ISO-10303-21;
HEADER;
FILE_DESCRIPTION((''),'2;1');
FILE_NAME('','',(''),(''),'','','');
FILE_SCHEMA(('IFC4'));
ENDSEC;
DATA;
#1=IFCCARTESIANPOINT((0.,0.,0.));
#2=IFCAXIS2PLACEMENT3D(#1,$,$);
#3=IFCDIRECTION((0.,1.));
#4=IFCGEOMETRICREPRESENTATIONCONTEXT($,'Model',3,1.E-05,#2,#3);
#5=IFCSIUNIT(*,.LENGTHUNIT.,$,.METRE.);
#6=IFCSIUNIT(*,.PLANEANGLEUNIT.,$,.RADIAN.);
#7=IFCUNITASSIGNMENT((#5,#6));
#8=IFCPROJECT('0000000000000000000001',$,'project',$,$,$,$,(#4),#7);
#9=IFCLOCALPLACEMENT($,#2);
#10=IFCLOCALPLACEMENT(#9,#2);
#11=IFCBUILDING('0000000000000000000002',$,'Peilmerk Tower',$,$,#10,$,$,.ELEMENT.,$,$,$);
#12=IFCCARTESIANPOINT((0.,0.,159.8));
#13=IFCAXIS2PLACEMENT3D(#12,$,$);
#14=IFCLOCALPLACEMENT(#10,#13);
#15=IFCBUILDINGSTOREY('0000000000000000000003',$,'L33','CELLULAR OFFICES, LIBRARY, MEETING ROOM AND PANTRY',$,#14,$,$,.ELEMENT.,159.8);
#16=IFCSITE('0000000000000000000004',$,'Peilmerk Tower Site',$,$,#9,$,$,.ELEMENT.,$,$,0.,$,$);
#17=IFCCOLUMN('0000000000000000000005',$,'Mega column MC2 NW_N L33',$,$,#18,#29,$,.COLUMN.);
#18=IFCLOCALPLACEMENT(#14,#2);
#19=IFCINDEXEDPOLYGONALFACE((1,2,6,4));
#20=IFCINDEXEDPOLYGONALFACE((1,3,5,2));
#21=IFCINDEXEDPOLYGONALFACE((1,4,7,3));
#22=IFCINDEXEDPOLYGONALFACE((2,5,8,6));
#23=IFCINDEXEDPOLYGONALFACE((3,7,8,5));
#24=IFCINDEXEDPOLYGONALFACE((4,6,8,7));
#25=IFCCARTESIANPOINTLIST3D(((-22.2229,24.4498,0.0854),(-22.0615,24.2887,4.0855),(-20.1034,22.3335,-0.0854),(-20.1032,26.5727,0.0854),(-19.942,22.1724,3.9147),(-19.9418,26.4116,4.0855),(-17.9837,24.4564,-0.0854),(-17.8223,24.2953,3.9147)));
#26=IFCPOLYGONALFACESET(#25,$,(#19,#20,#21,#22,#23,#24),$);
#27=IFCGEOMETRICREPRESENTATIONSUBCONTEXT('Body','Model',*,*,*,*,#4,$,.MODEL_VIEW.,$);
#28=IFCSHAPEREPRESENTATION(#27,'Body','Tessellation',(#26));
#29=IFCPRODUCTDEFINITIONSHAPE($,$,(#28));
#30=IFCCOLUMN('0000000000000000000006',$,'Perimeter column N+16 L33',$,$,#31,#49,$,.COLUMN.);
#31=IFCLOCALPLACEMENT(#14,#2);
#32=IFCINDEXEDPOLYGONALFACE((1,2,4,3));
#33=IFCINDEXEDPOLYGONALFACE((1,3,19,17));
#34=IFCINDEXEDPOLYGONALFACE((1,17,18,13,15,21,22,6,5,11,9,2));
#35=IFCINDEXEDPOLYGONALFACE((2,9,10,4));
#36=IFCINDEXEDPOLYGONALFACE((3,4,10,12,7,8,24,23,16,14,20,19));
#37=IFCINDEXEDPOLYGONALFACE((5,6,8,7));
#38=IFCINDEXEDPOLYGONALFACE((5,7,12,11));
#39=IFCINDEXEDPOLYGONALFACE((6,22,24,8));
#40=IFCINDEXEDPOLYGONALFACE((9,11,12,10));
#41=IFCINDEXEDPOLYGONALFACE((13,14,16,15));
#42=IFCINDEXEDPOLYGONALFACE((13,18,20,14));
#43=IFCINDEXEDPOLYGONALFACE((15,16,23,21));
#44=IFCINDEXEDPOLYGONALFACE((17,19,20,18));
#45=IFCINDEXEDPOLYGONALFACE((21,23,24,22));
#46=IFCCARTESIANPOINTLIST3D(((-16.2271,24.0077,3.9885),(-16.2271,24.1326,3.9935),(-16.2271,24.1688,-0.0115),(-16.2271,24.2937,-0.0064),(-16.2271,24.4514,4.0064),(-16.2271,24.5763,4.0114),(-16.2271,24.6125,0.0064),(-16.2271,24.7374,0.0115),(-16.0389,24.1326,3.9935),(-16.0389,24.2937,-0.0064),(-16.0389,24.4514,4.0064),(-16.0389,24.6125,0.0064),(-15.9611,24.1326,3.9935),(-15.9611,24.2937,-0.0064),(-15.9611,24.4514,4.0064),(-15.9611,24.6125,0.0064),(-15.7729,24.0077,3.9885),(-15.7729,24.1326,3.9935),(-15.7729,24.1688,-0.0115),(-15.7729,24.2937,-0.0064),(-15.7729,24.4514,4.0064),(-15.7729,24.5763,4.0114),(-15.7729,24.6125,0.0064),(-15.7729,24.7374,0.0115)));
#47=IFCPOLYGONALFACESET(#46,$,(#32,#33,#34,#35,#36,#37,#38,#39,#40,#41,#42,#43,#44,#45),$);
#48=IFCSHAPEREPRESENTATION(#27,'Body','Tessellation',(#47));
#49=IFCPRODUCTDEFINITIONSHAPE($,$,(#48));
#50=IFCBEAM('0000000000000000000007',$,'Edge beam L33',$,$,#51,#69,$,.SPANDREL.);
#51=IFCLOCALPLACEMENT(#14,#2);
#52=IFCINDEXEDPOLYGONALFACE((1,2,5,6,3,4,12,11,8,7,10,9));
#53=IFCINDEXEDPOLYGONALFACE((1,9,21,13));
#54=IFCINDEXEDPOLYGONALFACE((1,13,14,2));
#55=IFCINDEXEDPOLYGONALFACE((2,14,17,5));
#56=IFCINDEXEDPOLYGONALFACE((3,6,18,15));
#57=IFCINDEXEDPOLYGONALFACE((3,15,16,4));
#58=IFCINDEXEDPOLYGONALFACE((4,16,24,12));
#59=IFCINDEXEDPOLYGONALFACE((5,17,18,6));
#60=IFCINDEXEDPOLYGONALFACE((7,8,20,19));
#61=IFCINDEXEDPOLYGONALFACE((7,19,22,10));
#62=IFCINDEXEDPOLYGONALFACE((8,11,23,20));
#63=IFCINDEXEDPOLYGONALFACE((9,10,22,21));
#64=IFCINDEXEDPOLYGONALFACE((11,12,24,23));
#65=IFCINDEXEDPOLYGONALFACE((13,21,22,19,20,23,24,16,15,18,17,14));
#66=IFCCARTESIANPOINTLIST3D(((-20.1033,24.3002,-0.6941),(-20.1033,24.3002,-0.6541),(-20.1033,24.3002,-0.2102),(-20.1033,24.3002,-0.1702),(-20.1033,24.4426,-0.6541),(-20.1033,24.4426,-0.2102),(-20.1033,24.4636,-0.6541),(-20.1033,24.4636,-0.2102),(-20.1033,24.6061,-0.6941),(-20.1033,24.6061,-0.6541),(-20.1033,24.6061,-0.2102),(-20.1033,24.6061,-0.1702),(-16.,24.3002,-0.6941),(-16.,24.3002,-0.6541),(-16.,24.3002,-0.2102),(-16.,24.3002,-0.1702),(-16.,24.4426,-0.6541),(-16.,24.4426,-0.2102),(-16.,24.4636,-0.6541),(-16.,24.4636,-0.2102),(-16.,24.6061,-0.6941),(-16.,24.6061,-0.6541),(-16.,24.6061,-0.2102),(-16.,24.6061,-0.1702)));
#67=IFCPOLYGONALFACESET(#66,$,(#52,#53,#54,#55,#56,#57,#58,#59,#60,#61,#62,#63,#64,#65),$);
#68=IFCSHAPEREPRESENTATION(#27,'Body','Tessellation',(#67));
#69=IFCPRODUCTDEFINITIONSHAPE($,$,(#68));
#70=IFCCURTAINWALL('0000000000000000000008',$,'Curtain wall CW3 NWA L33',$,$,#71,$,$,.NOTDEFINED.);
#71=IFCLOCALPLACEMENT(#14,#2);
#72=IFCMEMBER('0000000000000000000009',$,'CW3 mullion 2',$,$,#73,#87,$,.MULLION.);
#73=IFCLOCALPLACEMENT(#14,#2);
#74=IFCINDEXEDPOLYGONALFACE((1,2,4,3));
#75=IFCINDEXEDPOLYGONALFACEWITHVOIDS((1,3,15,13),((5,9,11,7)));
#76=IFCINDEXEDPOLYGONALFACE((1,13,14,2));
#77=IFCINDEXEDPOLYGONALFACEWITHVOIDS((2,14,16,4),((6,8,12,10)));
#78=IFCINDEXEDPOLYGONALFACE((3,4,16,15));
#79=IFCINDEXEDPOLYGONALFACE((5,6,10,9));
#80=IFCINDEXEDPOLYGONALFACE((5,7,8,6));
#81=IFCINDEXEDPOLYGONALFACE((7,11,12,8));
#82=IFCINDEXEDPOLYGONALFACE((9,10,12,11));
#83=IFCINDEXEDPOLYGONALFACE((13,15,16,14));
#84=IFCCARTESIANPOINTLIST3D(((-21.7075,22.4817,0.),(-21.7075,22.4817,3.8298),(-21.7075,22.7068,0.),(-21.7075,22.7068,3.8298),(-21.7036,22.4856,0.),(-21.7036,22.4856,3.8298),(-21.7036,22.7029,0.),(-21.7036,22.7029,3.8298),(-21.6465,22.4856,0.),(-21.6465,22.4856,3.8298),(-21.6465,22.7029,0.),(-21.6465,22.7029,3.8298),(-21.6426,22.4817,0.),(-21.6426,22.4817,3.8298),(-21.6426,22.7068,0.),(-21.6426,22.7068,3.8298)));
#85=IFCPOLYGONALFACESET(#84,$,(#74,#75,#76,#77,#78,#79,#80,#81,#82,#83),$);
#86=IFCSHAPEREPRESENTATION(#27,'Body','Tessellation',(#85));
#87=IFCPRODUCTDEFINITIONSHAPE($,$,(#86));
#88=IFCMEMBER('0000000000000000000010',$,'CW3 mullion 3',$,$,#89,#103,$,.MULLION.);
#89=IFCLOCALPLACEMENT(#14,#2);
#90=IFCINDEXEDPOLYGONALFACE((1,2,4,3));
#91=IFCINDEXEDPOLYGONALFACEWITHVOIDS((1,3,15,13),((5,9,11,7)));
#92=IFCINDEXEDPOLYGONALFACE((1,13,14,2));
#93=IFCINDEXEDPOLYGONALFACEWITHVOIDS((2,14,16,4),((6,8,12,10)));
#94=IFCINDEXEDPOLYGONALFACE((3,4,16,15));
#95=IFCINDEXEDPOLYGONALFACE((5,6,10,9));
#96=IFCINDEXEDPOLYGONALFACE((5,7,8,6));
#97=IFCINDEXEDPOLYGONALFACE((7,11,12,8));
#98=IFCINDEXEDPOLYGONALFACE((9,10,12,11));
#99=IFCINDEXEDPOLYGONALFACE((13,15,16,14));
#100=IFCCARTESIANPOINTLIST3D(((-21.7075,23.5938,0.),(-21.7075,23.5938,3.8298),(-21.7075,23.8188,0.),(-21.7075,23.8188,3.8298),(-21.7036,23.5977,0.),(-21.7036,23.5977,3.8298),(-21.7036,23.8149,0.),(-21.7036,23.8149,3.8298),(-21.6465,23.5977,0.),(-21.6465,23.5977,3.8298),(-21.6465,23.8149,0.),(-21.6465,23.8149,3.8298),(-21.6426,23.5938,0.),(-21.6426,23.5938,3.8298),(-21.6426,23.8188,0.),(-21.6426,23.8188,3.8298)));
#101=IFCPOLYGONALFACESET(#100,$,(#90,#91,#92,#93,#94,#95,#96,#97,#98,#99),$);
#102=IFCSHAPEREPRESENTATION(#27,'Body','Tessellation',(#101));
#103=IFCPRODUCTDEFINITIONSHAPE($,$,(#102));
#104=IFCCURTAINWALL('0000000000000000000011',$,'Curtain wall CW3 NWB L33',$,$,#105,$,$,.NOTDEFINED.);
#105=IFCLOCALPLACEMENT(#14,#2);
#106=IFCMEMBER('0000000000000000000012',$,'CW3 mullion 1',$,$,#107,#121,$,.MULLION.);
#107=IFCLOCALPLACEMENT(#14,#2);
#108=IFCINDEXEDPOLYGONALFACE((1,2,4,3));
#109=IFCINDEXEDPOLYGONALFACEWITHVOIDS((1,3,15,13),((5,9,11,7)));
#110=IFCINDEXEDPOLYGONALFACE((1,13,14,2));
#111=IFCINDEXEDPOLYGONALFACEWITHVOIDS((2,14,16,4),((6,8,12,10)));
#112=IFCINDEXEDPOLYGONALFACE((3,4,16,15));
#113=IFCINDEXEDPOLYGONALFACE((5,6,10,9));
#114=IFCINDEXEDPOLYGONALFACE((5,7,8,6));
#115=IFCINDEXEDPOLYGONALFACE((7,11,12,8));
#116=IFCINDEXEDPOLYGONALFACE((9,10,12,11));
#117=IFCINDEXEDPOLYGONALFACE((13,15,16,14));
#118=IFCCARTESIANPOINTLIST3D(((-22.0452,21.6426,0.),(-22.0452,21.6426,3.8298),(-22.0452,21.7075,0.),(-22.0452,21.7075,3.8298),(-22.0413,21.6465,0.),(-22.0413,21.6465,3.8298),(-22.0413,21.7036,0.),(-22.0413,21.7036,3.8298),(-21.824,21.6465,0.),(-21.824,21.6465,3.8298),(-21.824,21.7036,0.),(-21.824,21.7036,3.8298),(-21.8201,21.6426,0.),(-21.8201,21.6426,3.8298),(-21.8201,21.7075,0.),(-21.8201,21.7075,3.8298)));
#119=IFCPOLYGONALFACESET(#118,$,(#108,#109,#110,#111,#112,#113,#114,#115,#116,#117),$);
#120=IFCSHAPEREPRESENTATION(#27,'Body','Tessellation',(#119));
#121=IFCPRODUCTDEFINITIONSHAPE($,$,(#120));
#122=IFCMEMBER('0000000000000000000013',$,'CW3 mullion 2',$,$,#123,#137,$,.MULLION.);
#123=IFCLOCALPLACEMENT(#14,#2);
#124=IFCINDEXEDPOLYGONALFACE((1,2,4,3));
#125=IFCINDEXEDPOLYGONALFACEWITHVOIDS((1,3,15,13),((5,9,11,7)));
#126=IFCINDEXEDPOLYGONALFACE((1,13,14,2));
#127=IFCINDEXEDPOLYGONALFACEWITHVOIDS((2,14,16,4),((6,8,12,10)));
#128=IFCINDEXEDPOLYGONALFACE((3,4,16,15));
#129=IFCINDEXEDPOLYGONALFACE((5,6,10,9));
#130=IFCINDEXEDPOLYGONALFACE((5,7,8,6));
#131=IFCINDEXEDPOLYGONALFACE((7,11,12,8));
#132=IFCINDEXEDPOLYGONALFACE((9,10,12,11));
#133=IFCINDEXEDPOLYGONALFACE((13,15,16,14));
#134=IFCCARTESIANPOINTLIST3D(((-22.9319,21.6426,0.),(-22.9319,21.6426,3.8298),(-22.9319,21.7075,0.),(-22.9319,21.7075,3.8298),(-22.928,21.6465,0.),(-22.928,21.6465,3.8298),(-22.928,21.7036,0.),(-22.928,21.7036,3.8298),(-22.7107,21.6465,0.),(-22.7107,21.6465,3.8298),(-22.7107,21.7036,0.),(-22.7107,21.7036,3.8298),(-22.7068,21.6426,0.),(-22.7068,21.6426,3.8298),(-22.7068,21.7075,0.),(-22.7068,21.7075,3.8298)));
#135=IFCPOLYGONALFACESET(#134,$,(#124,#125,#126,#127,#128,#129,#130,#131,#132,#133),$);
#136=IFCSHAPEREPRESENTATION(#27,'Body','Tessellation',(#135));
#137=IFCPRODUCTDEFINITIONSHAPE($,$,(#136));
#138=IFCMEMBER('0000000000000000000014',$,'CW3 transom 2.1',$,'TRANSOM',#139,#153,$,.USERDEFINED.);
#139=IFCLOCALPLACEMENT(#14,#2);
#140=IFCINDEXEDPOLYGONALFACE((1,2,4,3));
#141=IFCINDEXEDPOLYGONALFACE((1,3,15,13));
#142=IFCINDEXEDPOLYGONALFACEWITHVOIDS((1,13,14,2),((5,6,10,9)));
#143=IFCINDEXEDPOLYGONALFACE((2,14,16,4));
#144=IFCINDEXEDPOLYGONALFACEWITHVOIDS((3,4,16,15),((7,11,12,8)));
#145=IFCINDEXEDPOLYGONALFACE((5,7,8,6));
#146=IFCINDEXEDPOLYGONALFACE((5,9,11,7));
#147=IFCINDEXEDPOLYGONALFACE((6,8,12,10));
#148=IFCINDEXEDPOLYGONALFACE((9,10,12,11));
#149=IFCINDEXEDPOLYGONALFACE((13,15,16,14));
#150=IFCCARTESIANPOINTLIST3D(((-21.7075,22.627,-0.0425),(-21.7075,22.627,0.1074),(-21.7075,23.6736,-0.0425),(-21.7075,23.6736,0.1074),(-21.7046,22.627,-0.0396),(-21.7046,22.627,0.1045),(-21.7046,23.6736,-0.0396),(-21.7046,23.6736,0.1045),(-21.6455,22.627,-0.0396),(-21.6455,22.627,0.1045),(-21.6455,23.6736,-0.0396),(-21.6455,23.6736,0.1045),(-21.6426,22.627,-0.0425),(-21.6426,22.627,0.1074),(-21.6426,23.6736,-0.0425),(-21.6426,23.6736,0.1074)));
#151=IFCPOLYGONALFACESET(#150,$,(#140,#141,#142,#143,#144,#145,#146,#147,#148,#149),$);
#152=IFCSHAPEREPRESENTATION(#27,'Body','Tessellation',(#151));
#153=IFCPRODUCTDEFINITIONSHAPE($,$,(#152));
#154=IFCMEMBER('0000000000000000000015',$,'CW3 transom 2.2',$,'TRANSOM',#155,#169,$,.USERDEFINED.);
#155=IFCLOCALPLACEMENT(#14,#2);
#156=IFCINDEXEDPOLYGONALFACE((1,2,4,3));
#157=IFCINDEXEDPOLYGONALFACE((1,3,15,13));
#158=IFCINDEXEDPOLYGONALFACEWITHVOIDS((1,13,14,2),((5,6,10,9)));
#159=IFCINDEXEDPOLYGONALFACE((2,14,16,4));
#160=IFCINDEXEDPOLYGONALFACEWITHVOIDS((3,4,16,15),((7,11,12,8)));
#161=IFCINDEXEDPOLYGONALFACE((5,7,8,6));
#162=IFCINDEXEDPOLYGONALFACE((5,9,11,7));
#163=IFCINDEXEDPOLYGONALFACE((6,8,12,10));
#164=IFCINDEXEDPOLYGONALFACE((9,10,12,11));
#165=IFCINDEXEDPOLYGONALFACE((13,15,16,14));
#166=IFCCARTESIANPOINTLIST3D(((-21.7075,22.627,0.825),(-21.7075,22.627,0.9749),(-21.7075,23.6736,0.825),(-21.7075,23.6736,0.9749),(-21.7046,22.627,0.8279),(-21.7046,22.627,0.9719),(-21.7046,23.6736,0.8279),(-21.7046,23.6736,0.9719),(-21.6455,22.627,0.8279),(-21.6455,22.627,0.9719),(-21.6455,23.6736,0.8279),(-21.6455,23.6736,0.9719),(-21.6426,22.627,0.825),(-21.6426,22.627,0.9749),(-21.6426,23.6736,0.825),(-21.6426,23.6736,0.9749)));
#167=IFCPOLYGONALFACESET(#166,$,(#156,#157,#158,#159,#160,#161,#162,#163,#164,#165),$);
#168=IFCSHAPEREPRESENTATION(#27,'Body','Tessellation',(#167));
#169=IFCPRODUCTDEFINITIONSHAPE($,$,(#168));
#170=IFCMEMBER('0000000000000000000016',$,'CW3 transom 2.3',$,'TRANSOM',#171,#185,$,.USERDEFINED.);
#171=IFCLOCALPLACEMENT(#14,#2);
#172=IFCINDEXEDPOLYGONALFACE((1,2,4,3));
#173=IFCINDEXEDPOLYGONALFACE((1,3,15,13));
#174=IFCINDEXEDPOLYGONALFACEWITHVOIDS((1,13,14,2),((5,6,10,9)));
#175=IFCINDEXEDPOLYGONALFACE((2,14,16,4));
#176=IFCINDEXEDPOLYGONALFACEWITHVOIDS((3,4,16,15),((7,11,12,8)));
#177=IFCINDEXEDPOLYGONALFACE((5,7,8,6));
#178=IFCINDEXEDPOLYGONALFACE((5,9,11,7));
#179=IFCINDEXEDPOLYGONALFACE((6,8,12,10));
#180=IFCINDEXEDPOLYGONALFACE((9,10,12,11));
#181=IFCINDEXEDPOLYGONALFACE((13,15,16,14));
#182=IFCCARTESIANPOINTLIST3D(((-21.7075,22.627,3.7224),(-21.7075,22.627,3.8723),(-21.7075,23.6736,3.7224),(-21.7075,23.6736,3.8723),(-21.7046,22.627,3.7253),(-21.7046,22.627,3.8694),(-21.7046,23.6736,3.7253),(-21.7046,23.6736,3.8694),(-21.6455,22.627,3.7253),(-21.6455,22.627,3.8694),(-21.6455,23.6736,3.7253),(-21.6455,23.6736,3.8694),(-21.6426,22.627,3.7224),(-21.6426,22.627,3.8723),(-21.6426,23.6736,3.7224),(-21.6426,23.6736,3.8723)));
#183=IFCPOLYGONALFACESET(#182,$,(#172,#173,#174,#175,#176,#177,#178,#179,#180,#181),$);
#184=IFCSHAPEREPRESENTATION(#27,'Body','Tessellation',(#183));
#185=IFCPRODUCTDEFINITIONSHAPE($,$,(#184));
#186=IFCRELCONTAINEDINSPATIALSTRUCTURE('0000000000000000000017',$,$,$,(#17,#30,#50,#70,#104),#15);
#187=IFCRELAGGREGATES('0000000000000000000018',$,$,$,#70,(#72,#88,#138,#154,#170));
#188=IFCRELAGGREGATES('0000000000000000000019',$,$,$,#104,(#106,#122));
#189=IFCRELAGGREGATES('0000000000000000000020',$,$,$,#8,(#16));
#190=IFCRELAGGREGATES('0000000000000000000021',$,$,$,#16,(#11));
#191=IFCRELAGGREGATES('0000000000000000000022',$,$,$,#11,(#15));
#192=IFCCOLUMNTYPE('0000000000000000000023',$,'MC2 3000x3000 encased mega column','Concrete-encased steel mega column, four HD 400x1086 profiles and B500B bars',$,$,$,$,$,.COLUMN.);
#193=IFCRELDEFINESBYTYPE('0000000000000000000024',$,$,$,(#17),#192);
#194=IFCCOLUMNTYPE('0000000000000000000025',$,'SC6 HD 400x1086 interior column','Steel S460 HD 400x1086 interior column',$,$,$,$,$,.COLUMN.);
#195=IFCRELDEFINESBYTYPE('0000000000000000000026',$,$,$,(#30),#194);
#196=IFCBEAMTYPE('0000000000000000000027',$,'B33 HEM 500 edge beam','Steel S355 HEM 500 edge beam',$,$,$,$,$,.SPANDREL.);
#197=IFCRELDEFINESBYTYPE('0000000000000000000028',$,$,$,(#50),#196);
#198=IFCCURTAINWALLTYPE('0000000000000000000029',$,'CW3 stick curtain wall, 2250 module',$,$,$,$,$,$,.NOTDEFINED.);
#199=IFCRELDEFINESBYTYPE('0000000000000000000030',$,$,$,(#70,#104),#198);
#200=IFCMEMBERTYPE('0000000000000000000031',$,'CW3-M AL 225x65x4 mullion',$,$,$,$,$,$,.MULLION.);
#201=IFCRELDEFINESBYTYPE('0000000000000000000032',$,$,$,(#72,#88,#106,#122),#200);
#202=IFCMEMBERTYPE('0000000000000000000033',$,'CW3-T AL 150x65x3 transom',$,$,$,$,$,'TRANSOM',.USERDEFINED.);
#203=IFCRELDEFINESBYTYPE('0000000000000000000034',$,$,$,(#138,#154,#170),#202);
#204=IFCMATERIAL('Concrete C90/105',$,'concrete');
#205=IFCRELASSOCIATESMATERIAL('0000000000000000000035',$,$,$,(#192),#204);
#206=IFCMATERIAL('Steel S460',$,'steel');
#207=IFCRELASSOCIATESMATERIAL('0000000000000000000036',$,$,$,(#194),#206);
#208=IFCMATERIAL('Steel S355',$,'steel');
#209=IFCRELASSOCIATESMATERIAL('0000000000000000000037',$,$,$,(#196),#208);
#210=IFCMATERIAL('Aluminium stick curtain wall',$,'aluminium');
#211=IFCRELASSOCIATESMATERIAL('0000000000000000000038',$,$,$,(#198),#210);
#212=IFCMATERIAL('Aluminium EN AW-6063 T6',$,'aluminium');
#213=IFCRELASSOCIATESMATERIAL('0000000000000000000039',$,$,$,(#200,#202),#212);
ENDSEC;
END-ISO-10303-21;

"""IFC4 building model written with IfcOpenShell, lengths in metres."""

from ifc_helpers import new_model, si_unit, direction, frame, origin, origin_2d, place, context, subcontext, project, spatial, rectangle, hollow_rectangle, i_section, extrude, material, material_profile, profile_set, type_object, element, aggregate, save


model = new_model("IFC4")

# Units and contexts
model_context = context("Model", 3, precision=1e-05, world=origin(), true_north=direction((0.0, 1.0)))
body_context = subcontext(model_context, "Body", "Model", "MODEL_VIEW")
ifc_project = project(units=[si_unit("LENGTHUNIT", "METRE"), si_unit("PLANEANGLEUNIT", "RADIAN")], contexts=[model_context])

# Site, building, storey
site_placement = place(None, origin())
site = spatial("IfcSite", under=ifc_project, at=site_placement, Name="Peilmerk Tower Site", CompositionType="ELEMENT", RefElevation=0.0)
building_placement = place(site_placement, origin())
building = spatial("IfcBuilding", under=site, at=building_placement, Name="Peilmerk Tower", CompositionType="ELEMENT")
storey_placement = place(building_placement, frame((0.0, 0.0, 159.8)))
storey = spatial("IfcBuildingStorey", under=building, at=storey_placement, Name="L33", Description="CELLULAR OFFICES, LIBRARY, MEETING ROOM AND PANTRY", CompositionType="ELEMENT", Elevation=159.8)

# Columns
ifc_material_1 = material(Name="Concrete C90/105", Category="concrete")
ifc_material_profile_1 = material_profile(ifc_material_1, rectangle(XDim=3.0, YDim=3.0, at=origin_2d()), Name="RC 3000x3000")
ifc_profile_set_1 = profile_set([ifc_material_profile_1], Name="Concrete C90/105")
column_type_1 = type_object("IfcColumnType", Name="MC2 3000x3000 encased mega column", Description="Concrete-encased steel mega column, four HD 400x1086 profiles and B500B bars", PredefinedType="COLUMN", material=ifc_profile_set_1)
column_1_placement = place(storey_placement, frame((-20.1033, 24.4531, 0.0), z_axis=(0.040279, -0.040218, 0.998379), x_axis=(0.706571, 0.707642, 0.0)))
element("IfcColumn", 1, at=column_1_placement, inside=storey, type_object=column_type_1, Name="Mega column MC2 NW_N L33", PredefinedType="COLUMN", context=body_context, shape_type="SweptSolid", body=[
    extrude(rectangle(XDim=3.0, YDim=3.0, at=origin_2d()), origin(), (0.0, 0.0, 1.0), 4.0066),
])
ifc_material_2 = material(Name="Steel S460", Category="steel")
ifc_material_profile_2 = material_profile(ifc_material_2, i_section(OverallWidth=0.4541, OverallDepth=0.5691, WebThickness=0.0779, FlangeThickness=0.125, at=origin_2d()), Name="HD 400x1086")
ifc_profile_set_2 = profile_set([ifc_material_profile_2], Name="Steel S460")
column_type_2 = type_object("IfcColumnType", Name="SC6 HD 400x1086 interior column", Description="Steel S460 HD 400x1086 interior column", PredefinedType="COLUMN", material=ifc_profile_set_2)
column_2_placement = place(storey_placement, frame((-16.0, 24.4531, 0.0), z_axis=(0.0, -0.040251, 0.99919), x_axis=(1.0, 0.0, 0.0)))
element("IfcColumn", 2, at=column_2_placement, inside=storey, type_object=column_type_2, Name="Perimeter column N+16 L33", PredefinedType="COLUMN", context=body_context, shape_type="SweptSolid", body=[
    extrude(i_section(OverallWidth=0.4541, OverallDepth=0.5691, WebThickness=0.0779, FlangeThickness=0.125, at=origin_2d()), origin(), (0.0, 0.0, 1.0), 4.0032),
])

# Beam
ifc_material_3 = material(Name="Steel S355", Category="steel")
ifc_material_profile_3 = material_profile(ifc_material_3, i_section(OverallWidth=0.3059, OverallDepth=0.5239, WebThickness=0.021, FlangeThickness=0.04, at=origin_2d()), Name="HEM 500")
ifc_profile_set_3 = profile_set([ifc_material_profile_3], Name="Steel S355")
beam_type = type_object("IfcBeamType", Name="B33 HEM 500 edge beam", Description="Steel S355 HEM 500 edge beam", PredefinedType="SPANDREL", material=ifc_profile_set_3)
beam_placement = place(storey_placement, frame((-16.0, 24.4531, -0.4321), z_axis=(-1.0, 0.0, 0.0), x_axis=(0.0, -1.0, 0.0)))
element("IfcBeam", 3, at=beam_placement, inside=storey, type_object=beam_type, Name="Edge beam L33", PredefinedType="SPANDREL", context=body_context, shape_type="SweptSolid", body=[
    extrude(i_section(OverallWidth=0.3059, OverallDepth=0.5239, WebThickness=0.021, FlangeThickness=0.04, at=origin_2d()), origin(), (0.0, 0.0, 1.0), 4.1033),
])

# Curtain walls, members
ifc_material_4 = material(Name="Aluminium stick curtain wall", Category="aluminium")
curtain_wall_type = type_object("IfcCurtainWallType", Name="CW3 stick curtain wall, 2250 module", PredefinedType="NOTDEFINED", material=ifc_material_4)
curtain_wall_1_placement = place(storey_placement, origin())
curtain_wall_1 = element("IfcCurtainWall", 4, at=curtain_wall_1_placement, inside=storey, type_object=curtain_wall_type, Name="Curtain wall CW3 NWA L33", PredefinedType="NOTDEFINED")
ifc_material_5 = material(Name="Aluminium EN AW-6063 T6", Category="aluminium")
ifc_material_profile_4 = material_profile(ifc_material_5, hollow_rectangle(XDim=0.0649, YDim=0.2251, WallThickness=0.0039, at=origin_2d()), Name="AL 225x65x4")
ifc_profile_set_4 = profile_set([ifc_material_profile_4], Name="Aluminium EN AW-6063 T6")
member_type_1 = type_object("IfcMemberType", Name="CW3-M AL 225x65x4 mullion", PredefinedType="MULLION", material=ifc_profile_set_4)
member_1_placement = place(storey_placement, frame((-21.675, 22.5942, 0.0), z_axis=(0.0, 0.0, 1.0), x_axis=(-1.0, 0.0, 0.0)))
member_1 = element("IfcMember", 5, at=member_1_placement, type_object=member_type_1, Name="CW3 mullion 2", PredefinedType="MULLION", context=body_context, shape_type="SweptSolid", body=[
    extrude(hollow_rectangle(XDim=0.0649, YDim=0.2251, WallThickness=0.0039, at=origin_2d()), origin(), (0.0, 0.0, 1.0), 3.8298),
])
member_2_placement = place(storey_placement, frame((-21.675, 23.7063, 0.0), z_axis=(0.0, 0.0, 1.0), x_axis=(-1.0, 0.0, 0.0)))
member_2 = element("IfcMember", 6, at=member_2_placement, type_object=member_type_1, Name="CW3 mullion 3", PredefinedType="MULLION", context=body_context, shape_type="SweptSolid", body=[
    extrude(hollow_rectangle(XDim=0.0649, YDim=0.2251, WallThickness=0.0039, at=origin_2d()), origin(), (0.0, 0.0, 1.0), 3.8298),
])
curtain_wall_2_placement = place(storey_placement, origin())
curtain_wall_2 = element("IfcCurtainWall", 7, at=curtain_wall_2_placement, inside=storey, type_object=curtain_wall_type, Name="Curtain wall CW3 NWB L33", PredefinedType="NOTDEFINED")
member_3_placement = place(storey_placement, frame((-21.9326, 21.675, 0.0), z_axis=(0.0, 0.0, 1.0), x_axis=(0.0, -1.0, 0.0)))
member_3 = element("IfcMember", 8, at=member_3_placement, type_object=member_type_1, Name="CW3 mullion 1", PredefinedType="MULLION", context=body_context, shape_type="SweptSolid", body=[
    extrude(hollow_rectangle(XDim=0.0649, YDim=0.2251, WallThickness=0.0039, at=origin_2d()), origin(), (0.0, 0.0, 1.0), 3.8298),
])
member_4_placement = place(storey_placement, frame((-22.8193, 21.675, 0.0), z_axis=(0.0, 0.0, 1.0), x_axis=(0.0, -1.0, 0.0)))
member_4 = element("IfcMember", 9, at=member_4_placement, type_object=member_type_1, Name="CW3 mullion 2", PredefinedType="MULLION", context=body_context, shape_type="SweptSolid", body=[
    extrude(hollow_rectangle(XDim=0.0649, YDim=0.2251, WallThickness=0.0039, at=origin_2d()), origin(), (0.0, 0.0, 1.0), 3.8298),
])

# Members
ifc_material_profile_5 = material_profile(ifc_material_5, hollow_rectangle(XDim=0.0649, YDim=0.1499, WallThickness=0.0029, at=origin_2d()), Name="AL 150x65x3")
ifc_profile_set_5 = profile_set([ifc_material_profile_5], Name="Aluminium EN AW-6063 T6")
member_type_2 = type_object("IfcMemberType", Name="CW3-T AL 150x65x3 transom", ElementType="TRANSOM", PredefinedType="USERDEFINED", material=ifc_profile_set_5)
member_5_placement = place(storey_placement, frame((-21.675, 22.627, 0.0325), z_axis=(0.0, 1.0, 0.0), x_axis=(-1.0, 0.0, 0.0)))
member_5 = element("IfcMember", 10, at=member_5_placement, type_object=member_type_2, Name="CW3 transom 2.1", ObjectType="TRANSOM", PredefinedType="USERDEFINED", context=body_context, shape_type="SweptSolid", body=[
    extrude(hollow_rectangle(XDim=0.0649, YDim=0.1499, WallThickness=0.0029, at=origin_2d()), origin(), (0.0, 0.0, 1.0), 1.0466),
])
member_6_placement = place(storey_placement, frame((-21.675, 22.627, 0.8999), z_axis=(0.0, 1.0, 0.0), x_axis=(-1.0, 0.0, 0.0)))
member_6 = element("IfcMember", 11, at=member_6_placement, type_object=member_type_2, Name="CW3 transom 2.2", ObjectType="TRANSOM", PredefinedType="USERDEFINED", context=body_context, shape_type="SweptSolid", body=[
    extrude(hollow_rectangle(XDim=0.0649, YDim=0.1499, WallThickness=0.0029, at=origin_2d()), origin(), (0.0, 0.0, 1.0), 1.0466),
])
member_7_placement = place(storey_placement, frame((-21.675, 22.627, 3.7974), z_axis=(0.0, 1.0, 0.0), x_axis=(-1.0, 0.0, 0.0)))
member_7 = element("IfcMember", 12, at=member_7_placement, type_object=member_type_2, Name="CW3 transom 2.3", ObjectType="TRANSOM", PredefinedType="USERDEFINED", context=body_context, shape_type="SweptSolid", body=[
    extrude(hollow_rectangle(XDim=0.0649, YDim=0.1499, WallThickness=0.0029, at=origin_2d()), origin(), (0.0, 0.0, 1.0), 1.0466),
])

aggregate(curtain_wall_1, [member_1, member_2, member_5, member_6, member_7])
aggregate(curtain_wall_2, [member_3, member_4])

save(model, "model.ifc")
